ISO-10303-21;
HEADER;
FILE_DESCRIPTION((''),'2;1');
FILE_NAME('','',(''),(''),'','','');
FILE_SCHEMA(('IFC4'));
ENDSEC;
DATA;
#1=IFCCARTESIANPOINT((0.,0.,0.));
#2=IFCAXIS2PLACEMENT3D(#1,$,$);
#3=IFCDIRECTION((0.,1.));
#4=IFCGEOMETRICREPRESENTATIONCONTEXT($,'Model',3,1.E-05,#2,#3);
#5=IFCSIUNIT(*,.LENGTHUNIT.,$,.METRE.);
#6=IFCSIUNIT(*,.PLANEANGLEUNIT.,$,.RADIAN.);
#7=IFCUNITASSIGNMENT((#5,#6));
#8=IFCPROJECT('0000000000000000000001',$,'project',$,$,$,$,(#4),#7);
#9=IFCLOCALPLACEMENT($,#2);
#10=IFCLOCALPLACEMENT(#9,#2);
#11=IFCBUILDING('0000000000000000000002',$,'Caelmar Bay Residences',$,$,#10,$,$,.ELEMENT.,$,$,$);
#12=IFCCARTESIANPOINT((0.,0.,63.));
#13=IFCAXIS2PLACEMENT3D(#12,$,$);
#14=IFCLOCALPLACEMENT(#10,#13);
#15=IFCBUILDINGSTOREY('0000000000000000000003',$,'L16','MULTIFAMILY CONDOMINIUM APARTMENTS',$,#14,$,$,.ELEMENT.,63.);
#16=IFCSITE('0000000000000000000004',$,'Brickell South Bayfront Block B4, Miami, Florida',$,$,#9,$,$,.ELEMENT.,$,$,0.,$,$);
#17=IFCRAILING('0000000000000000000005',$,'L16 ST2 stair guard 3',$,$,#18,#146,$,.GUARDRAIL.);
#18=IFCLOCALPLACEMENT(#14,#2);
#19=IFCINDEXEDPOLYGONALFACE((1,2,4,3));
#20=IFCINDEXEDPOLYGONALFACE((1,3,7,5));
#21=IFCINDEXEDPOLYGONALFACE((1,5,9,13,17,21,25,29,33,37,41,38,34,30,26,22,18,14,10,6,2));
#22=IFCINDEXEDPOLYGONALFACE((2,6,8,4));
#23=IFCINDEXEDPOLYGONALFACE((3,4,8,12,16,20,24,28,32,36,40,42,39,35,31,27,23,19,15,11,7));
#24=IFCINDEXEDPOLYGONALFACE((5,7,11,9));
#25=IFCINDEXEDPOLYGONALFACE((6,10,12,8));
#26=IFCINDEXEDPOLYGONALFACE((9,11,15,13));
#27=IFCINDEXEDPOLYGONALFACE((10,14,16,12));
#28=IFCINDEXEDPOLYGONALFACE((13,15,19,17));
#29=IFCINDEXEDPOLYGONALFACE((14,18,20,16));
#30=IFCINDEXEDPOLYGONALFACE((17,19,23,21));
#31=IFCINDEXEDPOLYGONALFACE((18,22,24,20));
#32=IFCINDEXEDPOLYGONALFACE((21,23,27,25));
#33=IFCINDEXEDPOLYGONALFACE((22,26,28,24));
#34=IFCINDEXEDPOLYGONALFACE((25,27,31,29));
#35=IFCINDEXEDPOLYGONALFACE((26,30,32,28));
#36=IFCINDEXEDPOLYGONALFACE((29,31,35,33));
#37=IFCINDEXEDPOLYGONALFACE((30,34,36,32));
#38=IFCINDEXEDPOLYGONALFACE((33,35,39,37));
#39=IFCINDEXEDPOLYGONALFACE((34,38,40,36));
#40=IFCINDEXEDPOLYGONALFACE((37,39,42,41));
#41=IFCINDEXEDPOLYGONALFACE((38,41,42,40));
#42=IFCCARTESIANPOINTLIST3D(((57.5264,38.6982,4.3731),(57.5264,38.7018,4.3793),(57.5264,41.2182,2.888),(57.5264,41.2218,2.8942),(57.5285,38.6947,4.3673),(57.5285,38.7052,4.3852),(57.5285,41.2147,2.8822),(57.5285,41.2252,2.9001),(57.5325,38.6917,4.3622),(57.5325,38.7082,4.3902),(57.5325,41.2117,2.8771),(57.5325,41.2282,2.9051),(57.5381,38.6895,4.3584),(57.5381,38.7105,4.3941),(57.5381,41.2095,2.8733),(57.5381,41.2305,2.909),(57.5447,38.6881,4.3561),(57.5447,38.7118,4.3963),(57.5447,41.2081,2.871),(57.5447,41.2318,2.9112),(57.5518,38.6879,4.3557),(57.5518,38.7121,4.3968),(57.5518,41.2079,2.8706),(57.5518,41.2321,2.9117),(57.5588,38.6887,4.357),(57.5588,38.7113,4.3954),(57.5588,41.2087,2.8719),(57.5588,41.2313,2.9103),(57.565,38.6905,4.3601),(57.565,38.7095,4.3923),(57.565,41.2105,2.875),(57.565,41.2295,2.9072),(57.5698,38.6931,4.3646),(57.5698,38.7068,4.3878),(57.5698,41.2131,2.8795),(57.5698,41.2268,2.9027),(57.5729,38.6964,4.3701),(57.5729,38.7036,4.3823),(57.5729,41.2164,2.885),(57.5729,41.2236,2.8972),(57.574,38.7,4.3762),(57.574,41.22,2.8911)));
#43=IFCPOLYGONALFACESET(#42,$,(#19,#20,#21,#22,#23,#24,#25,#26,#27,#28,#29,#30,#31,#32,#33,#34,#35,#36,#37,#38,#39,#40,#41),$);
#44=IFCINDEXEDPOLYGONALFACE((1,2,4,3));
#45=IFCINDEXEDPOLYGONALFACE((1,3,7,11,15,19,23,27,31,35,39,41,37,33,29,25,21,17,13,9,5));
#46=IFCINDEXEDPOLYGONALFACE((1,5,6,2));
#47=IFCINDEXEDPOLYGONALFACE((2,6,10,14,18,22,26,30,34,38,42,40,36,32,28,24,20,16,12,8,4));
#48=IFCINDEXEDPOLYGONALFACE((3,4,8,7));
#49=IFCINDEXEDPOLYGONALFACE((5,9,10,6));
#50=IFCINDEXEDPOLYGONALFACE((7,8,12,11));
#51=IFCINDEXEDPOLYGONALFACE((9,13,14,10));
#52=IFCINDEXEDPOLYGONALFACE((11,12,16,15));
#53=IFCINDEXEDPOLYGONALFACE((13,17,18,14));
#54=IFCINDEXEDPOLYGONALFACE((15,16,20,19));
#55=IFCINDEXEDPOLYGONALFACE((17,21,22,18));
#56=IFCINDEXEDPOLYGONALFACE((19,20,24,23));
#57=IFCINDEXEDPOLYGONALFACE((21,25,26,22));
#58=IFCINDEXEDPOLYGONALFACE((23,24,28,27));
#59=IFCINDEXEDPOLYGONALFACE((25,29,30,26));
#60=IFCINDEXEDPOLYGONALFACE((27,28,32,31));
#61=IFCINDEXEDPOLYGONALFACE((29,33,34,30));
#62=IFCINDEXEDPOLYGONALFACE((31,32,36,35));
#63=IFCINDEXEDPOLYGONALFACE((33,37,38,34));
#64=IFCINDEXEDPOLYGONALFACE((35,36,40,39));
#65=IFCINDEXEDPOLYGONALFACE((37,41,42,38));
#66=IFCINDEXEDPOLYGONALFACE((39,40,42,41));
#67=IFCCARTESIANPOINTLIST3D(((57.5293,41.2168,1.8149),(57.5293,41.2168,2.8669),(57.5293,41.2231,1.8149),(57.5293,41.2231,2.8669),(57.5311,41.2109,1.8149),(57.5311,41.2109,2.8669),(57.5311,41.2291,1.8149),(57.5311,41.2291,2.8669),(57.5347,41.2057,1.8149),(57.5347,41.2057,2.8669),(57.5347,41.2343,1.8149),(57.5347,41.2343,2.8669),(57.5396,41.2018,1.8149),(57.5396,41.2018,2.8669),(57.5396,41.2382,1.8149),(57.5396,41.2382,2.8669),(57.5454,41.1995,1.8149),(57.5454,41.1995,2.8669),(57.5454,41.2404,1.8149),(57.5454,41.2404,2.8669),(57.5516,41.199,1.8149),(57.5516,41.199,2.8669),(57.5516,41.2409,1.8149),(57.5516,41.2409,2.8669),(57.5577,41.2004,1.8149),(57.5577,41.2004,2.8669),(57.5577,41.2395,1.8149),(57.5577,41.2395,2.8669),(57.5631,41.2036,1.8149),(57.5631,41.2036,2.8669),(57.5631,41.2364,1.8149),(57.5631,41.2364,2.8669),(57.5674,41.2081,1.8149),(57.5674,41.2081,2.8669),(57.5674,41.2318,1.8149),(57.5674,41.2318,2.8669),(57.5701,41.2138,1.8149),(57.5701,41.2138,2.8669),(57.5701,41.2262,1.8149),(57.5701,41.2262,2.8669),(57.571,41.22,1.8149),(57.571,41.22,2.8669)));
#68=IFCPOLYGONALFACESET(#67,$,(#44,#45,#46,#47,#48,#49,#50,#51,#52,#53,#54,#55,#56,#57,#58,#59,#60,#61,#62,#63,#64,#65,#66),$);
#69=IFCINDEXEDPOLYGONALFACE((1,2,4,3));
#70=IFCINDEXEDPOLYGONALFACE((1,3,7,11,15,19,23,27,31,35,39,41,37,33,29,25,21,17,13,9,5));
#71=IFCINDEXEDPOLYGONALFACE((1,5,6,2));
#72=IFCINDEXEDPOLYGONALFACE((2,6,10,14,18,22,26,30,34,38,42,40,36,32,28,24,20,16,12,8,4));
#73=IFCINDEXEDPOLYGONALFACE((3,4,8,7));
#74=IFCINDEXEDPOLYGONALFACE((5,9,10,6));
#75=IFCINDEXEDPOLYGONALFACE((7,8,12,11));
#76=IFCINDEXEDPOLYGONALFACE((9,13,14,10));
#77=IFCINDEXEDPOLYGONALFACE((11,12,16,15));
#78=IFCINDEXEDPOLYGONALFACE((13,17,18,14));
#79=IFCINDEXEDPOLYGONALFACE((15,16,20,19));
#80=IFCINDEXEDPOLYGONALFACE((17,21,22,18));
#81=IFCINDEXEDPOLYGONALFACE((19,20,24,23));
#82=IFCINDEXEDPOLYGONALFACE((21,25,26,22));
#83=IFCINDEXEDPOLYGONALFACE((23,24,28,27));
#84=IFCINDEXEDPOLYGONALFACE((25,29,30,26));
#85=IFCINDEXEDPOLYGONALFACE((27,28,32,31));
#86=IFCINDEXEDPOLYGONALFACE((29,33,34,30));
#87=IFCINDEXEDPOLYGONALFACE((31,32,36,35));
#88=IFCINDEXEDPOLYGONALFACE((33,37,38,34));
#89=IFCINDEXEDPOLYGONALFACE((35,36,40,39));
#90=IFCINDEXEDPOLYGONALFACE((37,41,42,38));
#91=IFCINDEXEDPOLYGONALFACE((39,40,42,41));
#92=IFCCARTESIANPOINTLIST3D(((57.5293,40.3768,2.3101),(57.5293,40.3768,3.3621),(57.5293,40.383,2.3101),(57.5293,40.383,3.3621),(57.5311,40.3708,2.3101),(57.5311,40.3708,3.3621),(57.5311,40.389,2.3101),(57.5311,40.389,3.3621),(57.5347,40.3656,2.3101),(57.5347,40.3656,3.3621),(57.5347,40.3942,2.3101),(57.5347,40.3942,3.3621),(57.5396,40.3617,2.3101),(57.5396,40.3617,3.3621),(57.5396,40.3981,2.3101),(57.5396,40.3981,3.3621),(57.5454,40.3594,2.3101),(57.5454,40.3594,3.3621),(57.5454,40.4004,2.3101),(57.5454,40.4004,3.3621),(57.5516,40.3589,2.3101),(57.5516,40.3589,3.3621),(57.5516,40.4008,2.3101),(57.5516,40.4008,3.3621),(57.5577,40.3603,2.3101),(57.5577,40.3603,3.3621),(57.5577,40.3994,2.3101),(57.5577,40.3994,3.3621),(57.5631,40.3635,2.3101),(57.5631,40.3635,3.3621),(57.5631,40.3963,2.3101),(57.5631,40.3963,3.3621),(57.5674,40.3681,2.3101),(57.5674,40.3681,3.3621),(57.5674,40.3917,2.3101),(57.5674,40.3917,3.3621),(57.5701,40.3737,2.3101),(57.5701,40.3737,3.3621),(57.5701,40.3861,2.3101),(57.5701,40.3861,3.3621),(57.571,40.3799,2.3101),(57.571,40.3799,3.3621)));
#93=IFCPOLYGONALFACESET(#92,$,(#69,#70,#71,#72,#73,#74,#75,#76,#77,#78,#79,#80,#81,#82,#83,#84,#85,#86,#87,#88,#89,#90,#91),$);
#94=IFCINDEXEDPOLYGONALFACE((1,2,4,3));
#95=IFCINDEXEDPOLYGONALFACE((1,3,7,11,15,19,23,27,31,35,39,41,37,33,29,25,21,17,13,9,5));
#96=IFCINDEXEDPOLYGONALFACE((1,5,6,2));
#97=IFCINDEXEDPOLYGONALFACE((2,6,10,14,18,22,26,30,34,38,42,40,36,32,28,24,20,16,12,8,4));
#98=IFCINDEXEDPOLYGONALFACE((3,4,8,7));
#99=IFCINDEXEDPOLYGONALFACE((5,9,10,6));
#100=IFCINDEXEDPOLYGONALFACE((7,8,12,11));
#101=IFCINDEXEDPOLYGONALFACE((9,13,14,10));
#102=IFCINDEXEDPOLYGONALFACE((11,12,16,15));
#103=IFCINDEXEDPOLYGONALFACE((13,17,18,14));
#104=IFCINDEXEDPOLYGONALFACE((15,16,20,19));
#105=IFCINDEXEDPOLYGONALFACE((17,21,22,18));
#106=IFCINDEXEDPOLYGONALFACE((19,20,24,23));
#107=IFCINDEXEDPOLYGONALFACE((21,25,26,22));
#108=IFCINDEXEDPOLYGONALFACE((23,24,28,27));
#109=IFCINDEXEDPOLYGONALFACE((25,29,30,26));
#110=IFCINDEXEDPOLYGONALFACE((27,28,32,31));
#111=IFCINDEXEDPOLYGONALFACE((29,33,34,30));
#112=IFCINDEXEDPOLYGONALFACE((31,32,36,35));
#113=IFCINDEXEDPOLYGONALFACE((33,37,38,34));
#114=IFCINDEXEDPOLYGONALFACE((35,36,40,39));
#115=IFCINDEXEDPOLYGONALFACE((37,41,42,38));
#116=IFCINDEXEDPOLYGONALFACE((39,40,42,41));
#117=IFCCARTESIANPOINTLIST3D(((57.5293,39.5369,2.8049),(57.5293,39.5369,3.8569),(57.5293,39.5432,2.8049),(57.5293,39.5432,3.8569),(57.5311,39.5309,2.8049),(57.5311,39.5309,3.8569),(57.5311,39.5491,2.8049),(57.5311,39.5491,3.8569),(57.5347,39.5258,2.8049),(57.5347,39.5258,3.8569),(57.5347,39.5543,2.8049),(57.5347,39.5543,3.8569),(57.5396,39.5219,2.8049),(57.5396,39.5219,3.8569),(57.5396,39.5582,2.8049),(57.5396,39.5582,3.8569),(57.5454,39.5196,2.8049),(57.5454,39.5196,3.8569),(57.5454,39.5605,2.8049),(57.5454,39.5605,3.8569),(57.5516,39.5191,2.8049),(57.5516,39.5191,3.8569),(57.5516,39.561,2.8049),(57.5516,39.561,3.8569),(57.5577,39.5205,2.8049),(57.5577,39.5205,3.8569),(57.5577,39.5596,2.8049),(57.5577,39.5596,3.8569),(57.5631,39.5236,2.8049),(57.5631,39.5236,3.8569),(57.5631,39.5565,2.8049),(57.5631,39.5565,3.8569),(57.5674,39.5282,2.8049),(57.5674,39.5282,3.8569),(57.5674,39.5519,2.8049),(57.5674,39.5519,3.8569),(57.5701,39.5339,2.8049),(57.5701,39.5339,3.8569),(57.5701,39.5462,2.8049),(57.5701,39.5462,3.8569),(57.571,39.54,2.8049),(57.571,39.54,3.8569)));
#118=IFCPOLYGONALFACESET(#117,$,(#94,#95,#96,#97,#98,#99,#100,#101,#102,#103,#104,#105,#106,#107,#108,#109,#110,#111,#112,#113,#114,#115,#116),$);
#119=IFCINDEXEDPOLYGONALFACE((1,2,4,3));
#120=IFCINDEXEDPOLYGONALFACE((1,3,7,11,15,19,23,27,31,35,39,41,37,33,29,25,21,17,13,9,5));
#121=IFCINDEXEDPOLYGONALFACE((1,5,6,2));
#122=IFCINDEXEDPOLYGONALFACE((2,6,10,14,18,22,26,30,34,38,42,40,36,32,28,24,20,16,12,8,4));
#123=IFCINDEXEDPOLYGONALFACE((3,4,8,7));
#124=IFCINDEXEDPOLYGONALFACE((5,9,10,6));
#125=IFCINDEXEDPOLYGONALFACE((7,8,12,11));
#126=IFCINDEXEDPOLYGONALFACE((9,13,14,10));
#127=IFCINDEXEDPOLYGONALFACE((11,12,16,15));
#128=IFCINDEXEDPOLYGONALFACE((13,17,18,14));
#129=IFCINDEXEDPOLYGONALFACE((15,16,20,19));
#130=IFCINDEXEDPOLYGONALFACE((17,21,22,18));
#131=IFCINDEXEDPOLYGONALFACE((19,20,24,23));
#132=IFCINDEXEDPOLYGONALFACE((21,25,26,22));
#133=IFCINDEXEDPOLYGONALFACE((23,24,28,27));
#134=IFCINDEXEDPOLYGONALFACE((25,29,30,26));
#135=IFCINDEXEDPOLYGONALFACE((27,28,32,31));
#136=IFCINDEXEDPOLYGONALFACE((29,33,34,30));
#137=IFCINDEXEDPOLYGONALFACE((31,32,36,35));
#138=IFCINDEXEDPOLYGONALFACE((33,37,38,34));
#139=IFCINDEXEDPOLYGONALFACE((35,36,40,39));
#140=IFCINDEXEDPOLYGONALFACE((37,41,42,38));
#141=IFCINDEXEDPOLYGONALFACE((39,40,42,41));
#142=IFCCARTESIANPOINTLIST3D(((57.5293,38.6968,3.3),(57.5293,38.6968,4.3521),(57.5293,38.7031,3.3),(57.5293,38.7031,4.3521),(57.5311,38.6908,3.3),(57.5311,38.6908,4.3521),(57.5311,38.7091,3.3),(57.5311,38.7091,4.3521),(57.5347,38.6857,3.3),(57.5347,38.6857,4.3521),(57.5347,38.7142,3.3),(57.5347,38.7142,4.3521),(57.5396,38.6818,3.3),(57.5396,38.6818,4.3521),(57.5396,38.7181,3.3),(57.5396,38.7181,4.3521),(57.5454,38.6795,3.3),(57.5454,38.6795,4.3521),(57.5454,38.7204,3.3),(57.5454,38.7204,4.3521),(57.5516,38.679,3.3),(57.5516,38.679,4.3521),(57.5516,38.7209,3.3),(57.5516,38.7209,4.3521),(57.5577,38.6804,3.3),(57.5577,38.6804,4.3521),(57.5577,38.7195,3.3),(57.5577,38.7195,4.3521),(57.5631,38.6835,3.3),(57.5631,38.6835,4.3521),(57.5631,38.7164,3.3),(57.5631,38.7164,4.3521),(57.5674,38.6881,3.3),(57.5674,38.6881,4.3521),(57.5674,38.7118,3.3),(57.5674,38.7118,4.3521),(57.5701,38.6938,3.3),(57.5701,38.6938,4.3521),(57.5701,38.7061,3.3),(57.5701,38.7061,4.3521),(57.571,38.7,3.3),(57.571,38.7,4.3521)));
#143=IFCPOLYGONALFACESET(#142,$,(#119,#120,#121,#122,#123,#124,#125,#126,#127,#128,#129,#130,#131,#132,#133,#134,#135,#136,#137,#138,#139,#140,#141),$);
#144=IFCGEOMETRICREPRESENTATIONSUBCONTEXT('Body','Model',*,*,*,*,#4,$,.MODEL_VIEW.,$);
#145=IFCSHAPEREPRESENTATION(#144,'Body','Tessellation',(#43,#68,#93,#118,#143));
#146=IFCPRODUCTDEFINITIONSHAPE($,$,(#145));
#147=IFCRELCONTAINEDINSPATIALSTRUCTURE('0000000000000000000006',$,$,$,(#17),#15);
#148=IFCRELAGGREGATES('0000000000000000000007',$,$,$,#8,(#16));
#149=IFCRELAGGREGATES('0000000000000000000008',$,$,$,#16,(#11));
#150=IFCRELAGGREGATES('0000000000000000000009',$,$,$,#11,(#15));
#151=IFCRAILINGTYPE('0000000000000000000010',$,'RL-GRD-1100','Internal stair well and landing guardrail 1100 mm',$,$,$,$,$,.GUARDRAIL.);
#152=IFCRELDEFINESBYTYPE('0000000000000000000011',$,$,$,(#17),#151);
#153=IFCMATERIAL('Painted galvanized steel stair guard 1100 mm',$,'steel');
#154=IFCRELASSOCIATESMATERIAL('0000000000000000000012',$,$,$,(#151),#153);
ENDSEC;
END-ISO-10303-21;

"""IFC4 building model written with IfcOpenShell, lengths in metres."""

from ifc_helpers import new_model, si_unit, direction, frame, origin, origin_2d, place, context, subcontext, project, spatial, circle, extrude, material, type_object, element, save


model = new_model("IFC4")

# Units and contexts
model_context = context("Model", 3, precision=1e-05, world=origin(), true_north=direction((0.0, 1.0)))
body_context = subcontext(model_context, "Body", "Model", "MODEL_VIEW")
ifc_project = project(units=[si_unit("LENGTHUNIT", "METRE"), si_unit("PLANEANGLEUNIT", "RADIAN")], contexts=[model_context])

# Site, building, storey
site_placement = place(None, origin())
site = spatial("IfcSite", under=ifc_project, at=site_placement, Name="Brickell South Bayfront Block B4, Miami, Florida", CompositionType="ELEMENT", RefElevation=0.0)
building_placement = place(site_placement, origin())
building = spatial("IfcBuilding", under=site, at=building_placement, Name="Caelmar Bay Residences", CompositionType="ELEMENT")
storey_placement = place(building_placement, frame((0.0, 0.0, 63.0)))
storey = spatial("IfcBuildingStorey", under=building, at=storey_placement, Name="L16", Description="MULTIFAMILY CONDOMINIUM APARTMENTS", CompositionType="ELEMENT", Elevation=63.0)

# Railing
ifc_material_1 = material(Name="Painted galvanized steel stair guard 1100 mm", Category="steel")
railing_type_1 = type_object("IfcRailingType", Name="RL-GRD-1100", Description="Internal stair well and landing guardrail 1100 mm", PredefinedType="GUARDRAIL", material=ifc_material_1)
railing_1_placement = place(storey_placement, frame((57.55, 41.22, 1.8149)))
element("IfcRailing", 1, at=railing_1_placement, inside=storey, type_object=railing_type_1, Name="L16 ST2 stair guard 3", PredefinedType="GUARDRAIL", context=body_context, shape_type="SweptSolid", body=[
    extrude(circle(Radius=0.0239, at=origin_2d()), frame((0.0, 0.0, 1.0762), z_axis=(0.0, -0.861524, 0.507717), x_axis=(1.0, 0.0, 0.0)), (0.0, 0.0, 1.0), 2.925),
    extrude(circle(Radius=0.021, at=origin_2d()), origin(), (0.0, 0.0, 1.0), 1.052),
    extrude(circle(Radius=0.021, at=origin_2d()), frame((0.0, -0.8401, 0.4951)), (0.0, 0.0, 1.0), 1.052),
    extrude(circle(Radius=0.021, at=origin_2d()), frame((0.0, -1.6799, 0.99)), (0.0, 0.0, 1.0), 1.052),
    extrude(circle(Radius=0.021, at=origin_2d()), frame((0.0, -2.52, 1.4851)), (0.0, 0.0, 1.0), 1.052),
])

save(model, "model.ifc")
